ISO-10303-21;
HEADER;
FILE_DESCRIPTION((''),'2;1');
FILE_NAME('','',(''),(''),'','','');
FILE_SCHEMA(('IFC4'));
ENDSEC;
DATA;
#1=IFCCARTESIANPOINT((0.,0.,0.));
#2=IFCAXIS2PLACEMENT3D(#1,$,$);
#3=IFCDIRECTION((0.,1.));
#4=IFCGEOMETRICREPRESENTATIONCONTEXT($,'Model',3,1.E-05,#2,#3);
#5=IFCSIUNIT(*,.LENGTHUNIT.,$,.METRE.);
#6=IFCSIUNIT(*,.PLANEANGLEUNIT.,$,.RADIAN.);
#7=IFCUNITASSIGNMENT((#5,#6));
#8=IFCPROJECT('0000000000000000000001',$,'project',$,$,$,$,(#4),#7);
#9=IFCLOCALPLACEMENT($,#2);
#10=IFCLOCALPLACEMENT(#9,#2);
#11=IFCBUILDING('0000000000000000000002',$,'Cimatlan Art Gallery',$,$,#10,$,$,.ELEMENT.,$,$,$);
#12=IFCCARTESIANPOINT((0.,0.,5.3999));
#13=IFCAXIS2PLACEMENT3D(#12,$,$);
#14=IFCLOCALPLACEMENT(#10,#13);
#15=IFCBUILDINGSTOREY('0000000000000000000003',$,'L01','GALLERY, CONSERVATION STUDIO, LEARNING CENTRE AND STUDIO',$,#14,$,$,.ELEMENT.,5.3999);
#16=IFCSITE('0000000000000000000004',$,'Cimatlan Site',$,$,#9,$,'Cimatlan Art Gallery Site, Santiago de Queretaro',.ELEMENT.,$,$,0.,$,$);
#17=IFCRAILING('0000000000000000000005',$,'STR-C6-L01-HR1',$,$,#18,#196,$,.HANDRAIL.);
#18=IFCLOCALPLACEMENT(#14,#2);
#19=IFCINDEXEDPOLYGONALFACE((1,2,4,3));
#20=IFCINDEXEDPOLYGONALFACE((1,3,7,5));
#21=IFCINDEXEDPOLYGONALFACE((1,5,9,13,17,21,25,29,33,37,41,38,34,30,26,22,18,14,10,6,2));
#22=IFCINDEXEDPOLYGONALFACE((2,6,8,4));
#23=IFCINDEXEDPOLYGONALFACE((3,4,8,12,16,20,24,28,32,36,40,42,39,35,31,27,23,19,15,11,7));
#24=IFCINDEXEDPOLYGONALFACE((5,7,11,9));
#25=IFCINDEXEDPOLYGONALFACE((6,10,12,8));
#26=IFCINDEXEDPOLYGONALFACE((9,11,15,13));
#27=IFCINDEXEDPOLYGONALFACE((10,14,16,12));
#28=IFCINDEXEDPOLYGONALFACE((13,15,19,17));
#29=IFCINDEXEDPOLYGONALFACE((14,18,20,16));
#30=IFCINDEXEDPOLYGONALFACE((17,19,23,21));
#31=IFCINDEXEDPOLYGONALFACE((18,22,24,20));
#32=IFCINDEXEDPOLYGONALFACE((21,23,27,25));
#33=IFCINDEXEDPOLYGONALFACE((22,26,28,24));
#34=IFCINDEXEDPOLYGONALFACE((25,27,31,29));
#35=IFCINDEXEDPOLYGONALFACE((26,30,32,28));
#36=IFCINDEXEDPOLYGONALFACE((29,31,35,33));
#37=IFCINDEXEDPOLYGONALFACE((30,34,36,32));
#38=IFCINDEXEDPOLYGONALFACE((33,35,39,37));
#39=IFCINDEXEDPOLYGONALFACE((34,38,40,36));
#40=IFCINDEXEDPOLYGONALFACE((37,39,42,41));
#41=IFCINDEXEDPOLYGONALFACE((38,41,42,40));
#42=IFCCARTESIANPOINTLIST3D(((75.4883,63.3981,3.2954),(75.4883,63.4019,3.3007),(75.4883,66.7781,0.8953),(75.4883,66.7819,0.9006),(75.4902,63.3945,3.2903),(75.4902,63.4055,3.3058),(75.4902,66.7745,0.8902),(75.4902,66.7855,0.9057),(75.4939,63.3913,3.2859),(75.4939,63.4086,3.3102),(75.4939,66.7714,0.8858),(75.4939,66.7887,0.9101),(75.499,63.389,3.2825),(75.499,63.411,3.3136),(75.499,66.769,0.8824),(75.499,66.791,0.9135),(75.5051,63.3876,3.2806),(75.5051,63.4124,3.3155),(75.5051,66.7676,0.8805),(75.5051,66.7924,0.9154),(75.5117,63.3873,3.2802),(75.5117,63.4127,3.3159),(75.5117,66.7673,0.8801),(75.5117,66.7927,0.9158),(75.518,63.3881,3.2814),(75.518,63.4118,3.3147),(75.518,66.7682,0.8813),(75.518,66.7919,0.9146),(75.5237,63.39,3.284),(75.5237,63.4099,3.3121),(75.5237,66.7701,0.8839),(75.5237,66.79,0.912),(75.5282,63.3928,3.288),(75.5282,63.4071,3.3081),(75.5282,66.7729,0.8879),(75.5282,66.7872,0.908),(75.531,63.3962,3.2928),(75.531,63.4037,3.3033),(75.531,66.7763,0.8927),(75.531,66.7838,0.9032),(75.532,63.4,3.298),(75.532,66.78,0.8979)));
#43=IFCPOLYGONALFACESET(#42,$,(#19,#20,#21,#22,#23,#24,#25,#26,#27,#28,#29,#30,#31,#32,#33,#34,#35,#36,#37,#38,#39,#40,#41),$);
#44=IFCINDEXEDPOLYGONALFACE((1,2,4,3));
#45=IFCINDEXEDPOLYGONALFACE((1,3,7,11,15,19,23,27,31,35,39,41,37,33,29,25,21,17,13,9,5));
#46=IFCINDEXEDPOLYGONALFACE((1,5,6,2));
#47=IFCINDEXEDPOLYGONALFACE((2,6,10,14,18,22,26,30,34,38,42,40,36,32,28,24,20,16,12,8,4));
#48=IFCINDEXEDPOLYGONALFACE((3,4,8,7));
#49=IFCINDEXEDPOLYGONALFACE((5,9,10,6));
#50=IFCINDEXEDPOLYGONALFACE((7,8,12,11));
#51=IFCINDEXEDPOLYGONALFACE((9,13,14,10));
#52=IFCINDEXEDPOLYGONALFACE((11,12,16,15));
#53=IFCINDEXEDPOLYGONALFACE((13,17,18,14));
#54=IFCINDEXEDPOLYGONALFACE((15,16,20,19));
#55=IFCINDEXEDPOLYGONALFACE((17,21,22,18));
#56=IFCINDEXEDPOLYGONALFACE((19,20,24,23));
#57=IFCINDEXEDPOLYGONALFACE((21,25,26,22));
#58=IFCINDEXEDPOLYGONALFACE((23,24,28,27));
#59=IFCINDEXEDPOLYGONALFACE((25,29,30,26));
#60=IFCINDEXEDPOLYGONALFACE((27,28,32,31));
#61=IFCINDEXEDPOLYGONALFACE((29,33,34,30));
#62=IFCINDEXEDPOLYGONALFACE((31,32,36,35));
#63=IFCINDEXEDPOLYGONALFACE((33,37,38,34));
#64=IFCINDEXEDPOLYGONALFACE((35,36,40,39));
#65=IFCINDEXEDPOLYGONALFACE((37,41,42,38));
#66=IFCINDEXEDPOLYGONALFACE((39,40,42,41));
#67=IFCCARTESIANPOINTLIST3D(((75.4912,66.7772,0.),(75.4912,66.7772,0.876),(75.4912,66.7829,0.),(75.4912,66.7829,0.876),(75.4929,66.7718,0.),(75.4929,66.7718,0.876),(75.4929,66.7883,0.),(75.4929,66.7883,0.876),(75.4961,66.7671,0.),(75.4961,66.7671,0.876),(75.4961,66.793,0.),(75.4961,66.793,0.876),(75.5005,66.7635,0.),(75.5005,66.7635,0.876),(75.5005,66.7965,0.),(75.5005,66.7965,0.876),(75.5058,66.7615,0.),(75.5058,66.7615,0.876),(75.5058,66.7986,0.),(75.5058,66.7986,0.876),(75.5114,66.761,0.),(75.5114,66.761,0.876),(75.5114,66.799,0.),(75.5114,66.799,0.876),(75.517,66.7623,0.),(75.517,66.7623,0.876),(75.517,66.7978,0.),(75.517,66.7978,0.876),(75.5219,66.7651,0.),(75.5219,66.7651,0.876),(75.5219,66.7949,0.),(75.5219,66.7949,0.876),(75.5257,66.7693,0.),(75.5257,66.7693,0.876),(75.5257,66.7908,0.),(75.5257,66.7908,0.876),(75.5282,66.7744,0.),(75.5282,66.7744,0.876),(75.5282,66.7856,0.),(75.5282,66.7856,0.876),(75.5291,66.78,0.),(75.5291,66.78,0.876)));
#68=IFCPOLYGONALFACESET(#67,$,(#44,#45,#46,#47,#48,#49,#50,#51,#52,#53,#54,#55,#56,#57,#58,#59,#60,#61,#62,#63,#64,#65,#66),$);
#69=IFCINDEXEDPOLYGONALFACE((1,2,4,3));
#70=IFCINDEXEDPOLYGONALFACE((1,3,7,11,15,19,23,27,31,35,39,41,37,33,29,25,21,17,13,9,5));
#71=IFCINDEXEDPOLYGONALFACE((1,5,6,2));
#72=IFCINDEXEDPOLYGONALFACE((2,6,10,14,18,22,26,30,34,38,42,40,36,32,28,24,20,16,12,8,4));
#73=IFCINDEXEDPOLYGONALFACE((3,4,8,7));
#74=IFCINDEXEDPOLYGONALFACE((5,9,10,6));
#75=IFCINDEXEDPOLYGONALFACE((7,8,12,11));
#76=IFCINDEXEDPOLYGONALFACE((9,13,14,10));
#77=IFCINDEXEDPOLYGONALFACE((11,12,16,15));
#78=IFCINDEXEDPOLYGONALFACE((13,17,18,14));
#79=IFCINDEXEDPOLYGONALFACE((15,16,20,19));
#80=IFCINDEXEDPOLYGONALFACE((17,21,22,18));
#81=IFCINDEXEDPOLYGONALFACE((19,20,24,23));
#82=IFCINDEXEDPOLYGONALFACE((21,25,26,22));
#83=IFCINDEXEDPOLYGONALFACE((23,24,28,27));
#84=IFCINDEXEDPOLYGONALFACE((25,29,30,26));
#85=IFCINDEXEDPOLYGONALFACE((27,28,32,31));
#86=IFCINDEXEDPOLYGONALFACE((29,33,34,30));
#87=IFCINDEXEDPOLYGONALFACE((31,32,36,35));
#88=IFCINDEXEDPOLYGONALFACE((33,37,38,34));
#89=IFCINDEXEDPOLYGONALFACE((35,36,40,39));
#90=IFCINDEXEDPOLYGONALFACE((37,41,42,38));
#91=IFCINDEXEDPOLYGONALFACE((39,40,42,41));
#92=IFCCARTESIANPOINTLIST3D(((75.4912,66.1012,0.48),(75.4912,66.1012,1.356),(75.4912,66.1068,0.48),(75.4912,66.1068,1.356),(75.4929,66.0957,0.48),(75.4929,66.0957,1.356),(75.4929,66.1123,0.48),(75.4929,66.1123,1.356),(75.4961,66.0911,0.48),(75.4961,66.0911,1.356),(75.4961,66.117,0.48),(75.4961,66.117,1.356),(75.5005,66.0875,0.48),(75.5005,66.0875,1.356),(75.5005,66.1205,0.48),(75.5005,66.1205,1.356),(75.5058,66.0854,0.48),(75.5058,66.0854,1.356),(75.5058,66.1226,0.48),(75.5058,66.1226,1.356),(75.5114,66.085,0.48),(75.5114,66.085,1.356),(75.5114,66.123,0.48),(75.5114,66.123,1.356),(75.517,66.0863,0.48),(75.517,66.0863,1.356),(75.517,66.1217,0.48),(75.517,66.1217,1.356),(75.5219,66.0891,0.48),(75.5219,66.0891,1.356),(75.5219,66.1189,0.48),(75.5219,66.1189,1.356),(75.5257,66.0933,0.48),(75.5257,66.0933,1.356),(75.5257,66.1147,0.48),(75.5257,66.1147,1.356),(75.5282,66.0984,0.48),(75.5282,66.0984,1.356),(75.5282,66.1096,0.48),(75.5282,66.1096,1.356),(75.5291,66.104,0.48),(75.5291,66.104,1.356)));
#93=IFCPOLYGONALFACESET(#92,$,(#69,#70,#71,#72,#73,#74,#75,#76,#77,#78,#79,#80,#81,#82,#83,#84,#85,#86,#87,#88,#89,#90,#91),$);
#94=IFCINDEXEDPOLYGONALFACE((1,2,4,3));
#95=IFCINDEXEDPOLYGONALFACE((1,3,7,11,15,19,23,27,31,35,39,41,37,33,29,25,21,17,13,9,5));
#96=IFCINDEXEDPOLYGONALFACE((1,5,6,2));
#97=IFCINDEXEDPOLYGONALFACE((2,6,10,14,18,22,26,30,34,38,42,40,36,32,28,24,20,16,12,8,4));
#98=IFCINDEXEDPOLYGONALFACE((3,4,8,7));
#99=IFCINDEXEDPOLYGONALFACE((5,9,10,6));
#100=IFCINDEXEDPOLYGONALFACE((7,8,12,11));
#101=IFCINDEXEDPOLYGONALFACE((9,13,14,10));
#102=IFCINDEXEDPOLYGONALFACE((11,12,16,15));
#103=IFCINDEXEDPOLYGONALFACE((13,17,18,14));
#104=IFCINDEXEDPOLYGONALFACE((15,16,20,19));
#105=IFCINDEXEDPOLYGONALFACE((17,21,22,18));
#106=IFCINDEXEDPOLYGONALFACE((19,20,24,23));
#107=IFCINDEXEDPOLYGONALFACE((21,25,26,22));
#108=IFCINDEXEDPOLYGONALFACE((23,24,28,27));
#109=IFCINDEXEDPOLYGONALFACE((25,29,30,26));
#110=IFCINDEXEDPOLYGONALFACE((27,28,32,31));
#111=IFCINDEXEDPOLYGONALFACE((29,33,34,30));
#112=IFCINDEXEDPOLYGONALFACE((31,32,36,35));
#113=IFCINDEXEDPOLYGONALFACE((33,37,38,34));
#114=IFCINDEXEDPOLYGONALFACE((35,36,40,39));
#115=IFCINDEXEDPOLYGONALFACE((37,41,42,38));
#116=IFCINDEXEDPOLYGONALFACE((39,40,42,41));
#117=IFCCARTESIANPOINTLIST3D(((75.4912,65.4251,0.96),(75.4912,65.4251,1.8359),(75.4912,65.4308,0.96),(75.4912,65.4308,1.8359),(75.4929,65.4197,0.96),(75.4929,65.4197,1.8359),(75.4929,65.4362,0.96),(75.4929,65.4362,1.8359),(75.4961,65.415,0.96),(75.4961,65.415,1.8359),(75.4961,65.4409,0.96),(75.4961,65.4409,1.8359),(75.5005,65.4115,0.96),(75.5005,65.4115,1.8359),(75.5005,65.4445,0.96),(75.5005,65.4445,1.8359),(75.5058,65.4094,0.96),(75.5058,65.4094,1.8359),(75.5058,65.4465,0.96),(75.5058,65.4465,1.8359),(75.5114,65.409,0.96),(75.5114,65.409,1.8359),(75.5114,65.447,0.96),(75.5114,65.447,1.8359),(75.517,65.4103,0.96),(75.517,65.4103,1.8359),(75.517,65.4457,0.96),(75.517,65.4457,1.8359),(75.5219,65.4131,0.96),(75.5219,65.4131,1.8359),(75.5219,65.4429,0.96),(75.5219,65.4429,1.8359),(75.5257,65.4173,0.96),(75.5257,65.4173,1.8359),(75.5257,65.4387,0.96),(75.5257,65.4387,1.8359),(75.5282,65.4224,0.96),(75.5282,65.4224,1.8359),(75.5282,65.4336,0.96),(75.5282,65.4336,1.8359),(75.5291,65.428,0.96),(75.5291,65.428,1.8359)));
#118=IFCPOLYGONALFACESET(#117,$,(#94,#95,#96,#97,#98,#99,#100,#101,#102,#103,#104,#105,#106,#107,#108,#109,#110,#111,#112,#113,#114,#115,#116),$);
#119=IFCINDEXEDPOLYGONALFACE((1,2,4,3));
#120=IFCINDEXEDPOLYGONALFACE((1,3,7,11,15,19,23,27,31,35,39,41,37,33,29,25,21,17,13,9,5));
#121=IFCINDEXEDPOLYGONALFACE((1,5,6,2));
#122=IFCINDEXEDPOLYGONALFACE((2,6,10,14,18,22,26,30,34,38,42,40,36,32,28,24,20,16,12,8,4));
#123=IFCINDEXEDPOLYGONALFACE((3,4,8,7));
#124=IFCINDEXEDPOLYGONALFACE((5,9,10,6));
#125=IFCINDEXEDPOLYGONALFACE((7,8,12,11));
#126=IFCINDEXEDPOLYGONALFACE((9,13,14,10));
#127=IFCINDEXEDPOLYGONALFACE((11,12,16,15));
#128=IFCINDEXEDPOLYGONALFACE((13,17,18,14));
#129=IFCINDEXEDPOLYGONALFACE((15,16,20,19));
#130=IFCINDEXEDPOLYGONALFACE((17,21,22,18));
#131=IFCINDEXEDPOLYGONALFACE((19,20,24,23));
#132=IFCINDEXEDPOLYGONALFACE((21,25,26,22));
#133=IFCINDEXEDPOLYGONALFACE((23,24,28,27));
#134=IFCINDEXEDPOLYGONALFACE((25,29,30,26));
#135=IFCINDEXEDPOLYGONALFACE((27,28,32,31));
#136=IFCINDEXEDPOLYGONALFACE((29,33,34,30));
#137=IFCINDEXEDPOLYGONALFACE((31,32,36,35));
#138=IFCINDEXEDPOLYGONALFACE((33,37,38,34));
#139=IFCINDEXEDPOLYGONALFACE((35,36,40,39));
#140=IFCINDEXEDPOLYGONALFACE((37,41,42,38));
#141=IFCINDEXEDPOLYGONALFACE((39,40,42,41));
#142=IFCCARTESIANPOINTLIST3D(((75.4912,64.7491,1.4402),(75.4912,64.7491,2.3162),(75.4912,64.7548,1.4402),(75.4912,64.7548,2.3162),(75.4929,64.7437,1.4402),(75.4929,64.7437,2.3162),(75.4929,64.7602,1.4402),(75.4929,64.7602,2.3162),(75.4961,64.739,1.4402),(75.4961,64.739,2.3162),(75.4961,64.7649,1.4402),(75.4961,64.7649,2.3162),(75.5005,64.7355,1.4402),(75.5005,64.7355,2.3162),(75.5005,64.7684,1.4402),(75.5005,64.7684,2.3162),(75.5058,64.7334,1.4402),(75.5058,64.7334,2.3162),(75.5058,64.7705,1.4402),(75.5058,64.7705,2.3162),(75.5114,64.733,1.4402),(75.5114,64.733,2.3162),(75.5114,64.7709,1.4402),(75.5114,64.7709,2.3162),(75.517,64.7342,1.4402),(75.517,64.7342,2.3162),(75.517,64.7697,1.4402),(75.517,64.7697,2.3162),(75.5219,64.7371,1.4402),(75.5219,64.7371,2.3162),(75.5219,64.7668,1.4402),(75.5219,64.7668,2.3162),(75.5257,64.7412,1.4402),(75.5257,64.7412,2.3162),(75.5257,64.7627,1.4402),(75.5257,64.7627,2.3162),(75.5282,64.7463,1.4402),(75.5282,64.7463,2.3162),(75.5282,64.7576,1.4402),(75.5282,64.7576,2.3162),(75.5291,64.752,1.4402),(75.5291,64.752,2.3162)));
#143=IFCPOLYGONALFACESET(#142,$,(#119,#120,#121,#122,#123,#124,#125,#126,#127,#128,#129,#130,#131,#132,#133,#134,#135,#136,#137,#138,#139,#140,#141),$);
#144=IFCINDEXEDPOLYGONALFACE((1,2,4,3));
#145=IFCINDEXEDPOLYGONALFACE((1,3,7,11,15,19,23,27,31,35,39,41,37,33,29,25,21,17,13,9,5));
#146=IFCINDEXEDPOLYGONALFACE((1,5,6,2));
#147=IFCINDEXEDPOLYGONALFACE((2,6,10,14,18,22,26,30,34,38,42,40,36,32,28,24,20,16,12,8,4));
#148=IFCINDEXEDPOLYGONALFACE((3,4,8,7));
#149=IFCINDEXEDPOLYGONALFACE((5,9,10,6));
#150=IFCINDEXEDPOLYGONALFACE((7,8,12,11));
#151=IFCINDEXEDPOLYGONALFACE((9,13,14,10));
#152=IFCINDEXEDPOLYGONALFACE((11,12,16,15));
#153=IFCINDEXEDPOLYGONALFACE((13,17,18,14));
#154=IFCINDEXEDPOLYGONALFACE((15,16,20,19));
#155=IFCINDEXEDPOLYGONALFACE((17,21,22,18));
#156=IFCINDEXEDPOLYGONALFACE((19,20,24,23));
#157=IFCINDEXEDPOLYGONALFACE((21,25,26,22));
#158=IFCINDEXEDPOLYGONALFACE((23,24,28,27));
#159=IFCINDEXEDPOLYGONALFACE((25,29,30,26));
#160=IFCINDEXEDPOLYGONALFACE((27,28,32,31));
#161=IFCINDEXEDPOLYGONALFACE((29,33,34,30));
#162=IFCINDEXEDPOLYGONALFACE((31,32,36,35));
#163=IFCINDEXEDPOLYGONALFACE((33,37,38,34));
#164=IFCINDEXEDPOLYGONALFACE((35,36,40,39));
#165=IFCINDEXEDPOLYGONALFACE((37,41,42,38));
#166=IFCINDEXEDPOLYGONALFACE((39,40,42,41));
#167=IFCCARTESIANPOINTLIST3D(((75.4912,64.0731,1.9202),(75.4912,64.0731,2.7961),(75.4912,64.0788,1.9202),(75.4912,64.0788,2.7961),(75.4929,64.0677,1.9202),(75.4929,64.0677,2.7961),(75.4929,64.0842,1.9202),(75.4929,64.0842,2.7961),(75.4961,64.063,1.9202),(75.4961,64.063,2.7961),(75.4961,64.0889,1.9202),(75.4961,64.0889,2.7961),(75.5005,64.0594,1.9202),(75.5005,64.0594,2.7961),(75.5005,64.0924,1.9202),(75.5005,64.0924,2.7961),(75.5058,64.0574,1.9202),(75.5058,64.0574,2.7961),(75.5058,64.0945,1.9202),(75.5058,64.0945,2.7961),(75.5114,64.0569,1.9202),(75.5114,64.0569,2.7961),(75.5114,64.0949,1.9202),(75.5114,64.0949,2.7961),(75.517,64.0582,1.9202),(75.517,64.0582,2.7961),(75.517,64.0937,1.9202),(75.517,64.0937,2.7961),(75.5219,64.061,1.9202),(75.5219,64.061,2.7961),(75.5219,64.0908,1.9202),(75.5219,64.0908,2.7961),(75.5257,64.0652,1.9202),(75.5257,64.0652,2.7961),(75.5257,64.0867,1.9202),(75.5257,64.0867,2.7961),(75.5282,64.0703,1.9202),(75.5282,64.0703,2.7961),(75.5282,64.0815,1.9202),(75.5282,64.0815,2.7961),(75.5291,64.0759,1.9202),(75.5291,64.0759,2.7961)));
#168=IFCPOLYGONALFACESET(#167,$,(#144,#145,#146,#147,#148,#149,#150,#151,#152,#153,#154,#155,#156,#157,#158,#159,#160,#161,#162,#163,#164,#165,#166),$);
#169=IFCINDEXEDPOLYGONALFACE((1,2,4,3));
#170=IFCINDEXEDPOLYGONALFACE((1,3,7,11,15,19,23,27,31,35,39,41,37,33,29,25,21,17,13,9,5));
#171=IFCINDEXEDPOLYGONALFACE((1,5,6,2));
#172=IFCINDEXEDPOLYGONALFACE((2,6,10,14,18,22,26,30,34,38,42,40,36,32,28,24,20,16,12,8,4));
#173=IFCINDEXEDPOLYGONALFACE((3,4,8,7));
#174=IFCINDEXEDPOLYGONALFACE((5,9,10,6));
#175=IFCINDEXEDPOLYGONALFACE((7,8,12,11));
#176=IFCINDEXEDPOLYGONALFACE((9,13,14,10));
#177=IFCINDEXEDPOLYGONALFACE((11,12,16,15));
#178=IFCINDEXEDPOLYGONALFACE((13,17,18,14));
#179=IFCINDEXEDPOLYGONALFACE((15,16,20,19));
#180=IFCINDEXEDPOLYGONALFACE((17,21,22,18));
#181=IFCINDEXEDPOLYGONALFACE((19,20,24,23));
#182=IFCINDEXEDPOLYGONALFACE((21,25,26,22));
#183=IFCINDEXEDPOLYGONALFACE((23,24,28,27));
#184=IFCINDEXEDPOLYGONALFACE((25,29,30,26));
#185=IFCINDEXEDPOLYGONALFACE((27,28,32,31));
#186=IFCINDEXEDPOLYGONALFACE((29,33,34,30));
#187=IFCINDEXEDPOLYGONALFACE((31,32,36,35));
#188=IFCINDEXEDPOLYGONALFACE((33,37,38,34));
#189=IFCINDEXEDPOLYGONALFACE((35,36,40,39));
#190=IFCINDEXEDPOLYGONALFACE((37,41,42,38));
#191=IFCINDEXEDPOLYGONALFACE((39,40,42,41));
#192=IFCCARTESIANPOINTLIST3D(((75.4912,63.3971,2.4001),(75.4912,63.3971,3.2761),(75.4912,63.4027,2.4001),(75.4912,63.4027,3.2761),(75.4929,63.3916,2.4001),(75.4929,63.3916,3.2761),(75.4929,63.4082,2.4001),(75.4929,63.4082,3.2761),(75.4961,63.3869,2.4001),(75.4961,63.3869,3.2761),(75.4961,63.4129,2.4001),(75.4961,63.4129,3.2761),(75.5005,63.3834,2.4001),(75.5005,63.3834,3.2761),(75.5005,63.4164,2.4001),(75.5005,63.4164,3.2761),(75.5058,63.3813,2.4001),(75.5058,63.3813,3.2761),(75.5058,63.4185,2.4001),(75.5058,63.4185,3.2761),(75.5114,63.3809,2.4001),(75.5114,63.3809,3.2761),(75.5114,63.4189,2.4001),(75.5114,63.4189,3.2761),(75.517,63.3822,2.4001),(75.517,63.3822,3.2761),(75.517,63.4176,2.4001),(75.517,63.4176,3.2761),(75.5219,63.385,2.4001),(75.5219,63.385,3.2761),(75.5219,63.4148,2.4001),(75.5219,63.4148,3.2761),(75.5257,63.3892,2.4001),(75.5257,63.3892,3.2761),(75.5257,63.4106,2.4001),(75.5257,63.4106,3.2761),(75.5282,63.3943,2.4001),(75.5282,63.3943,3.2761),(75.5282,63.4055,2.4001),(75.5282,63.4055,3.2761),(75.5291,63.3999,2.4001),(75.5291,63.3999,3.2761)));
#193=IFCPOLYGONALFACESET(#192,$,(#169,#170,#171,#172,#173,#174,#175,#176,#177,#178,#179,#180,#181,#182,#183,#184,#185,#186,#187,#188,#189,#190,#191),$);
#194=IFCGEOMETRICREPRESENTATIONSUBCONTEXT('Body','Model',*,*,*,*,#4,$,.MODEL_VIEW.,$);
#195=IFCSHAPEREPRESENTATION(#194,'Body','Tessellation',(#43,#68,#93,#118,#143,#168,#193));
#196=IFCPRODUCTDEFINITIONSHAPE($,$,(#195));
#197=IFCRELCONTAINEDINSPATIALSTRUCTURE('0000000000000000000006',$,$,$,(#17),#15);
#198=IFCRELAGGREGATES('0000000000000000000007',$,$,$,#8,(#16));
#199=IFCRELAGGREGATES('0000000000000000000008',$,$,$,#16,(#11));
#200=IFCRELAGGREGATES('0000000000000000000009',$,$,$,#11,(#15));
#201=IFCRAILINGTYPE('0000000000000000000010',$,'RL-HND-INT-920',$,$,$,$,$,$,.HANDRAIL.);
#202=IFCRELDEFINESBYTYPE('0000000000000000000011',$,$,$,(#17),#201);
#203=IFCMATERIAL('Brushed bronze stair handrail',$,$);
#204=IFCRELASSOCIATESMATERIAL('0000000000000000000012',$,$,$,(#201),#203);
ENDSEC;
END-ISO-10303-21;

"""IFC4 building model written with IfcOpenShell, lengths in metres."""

from ifc_helpers import new_model, si_unit, direction, frame, origin, origin_2d, place, context, subcontext, project, spatial, circle, extrude, material, type_object, element, save


model = new_model("IFC4")

# Units and contexts
model_context = context("Model", 3, precision=1e-05, world=origin(), true_north=direction((0.0, 1.0)))
body_context = subcontext(model_context, "Body", "Model", "MODEL_VIEW")
ifc_project = project(units=[si_unit("LENGTHUNIT", "METRE"), si_unit("PLANEANGLEUNIT", "RADIAN")], contexts=[model_context])

# Site, building, storey
site_placement = place(None, origin())
site = spatial("IfcSite", under=ifc_project, at=site_placement, Name="Cimatlan Site", LongName="Cimatlan Art Gallery Site, Santiago de Queretaro", CompositionType="ELEMENT", RefElevation=0.0)
building_placement = place(site_placement, origin())
building = spatial("IfcBuilding", under=site, at=building_placement, Name="Cimatlan Art Gallery", CompositionType="ELEMENT")
storey_placement = place(building_placement, frame((0.0, 0.0, 5.3999)))
storey = spatial("IfcBuildingStorey", under=building, at=storey_placement, Name="L01", Description="GALLERY, CONSERVATION STUDIO, LEARNING CENTRE AND STUDIO", CompositionType="ELEMENT", Elevation=5.3999)

# Railing
ifc_material_1 = material(Name="Brushed bronze stair handrail")
railing_type_1 = type_object("IfcRailingType", Name="RL-HND-INT-920", PredefinedType="HANDRAIL", material=ifc_material_1)
railing_1_placement = place(storey_placement, frame((75.51, 66.78, 0.0)))
element("IfcRailing", 1, at=railing_1_placement, inside=storey, type_object=railing_type_1, Name="STR-C6-L01-HR1", PredefinedType="HANDRAIL", context=body_context, shape_type="SweptSolid", body=[
    extrude(circle(Radius=0.022, at=origin_2d()), frame((0.0, 0.0, 0.8979), z_axis=(0.0, -0.815354, 0.578963), x_axis=(1.0, 0.0, 0.0)), (0.0, 0.0, 1.0), 4.1455),
    extrude(circle(Radius=0.019, at=origin_2d()), origin(), (0.0, 0.0, 1.0), 0.876),
    extrude(circle(Radius=0.019, at=origin_2d()), frame((0.0, -0.676, 0.48)), (0.0, 0.0, 1.0), 0.876),
    extrude(circle(Radius=0.019, at=origin_2d()), frame((0.0, -1.3521, 0.96)), (0.0, 0.0, 1.0), 0.876),
    extrude(circle(Radius=0.019, at=origin_2d()), frame((0.0, -2.0281, 1.4402)), (0.0, 0.0, 1.0), 0.876),
    extrude(circle(Radius=0.019, at=origin_2d()), frame((0.0, -2.7041, 1.9202)), (0.0, 0.0, 1.0), 0.876),
    extrude(circle(Radius=0.019, at=origin_2d()), frame((0.0, -3.3801, 2.4001)), (0.0, 0.0, 1.0), 0.876),
])

save(model, "model.ifc")
